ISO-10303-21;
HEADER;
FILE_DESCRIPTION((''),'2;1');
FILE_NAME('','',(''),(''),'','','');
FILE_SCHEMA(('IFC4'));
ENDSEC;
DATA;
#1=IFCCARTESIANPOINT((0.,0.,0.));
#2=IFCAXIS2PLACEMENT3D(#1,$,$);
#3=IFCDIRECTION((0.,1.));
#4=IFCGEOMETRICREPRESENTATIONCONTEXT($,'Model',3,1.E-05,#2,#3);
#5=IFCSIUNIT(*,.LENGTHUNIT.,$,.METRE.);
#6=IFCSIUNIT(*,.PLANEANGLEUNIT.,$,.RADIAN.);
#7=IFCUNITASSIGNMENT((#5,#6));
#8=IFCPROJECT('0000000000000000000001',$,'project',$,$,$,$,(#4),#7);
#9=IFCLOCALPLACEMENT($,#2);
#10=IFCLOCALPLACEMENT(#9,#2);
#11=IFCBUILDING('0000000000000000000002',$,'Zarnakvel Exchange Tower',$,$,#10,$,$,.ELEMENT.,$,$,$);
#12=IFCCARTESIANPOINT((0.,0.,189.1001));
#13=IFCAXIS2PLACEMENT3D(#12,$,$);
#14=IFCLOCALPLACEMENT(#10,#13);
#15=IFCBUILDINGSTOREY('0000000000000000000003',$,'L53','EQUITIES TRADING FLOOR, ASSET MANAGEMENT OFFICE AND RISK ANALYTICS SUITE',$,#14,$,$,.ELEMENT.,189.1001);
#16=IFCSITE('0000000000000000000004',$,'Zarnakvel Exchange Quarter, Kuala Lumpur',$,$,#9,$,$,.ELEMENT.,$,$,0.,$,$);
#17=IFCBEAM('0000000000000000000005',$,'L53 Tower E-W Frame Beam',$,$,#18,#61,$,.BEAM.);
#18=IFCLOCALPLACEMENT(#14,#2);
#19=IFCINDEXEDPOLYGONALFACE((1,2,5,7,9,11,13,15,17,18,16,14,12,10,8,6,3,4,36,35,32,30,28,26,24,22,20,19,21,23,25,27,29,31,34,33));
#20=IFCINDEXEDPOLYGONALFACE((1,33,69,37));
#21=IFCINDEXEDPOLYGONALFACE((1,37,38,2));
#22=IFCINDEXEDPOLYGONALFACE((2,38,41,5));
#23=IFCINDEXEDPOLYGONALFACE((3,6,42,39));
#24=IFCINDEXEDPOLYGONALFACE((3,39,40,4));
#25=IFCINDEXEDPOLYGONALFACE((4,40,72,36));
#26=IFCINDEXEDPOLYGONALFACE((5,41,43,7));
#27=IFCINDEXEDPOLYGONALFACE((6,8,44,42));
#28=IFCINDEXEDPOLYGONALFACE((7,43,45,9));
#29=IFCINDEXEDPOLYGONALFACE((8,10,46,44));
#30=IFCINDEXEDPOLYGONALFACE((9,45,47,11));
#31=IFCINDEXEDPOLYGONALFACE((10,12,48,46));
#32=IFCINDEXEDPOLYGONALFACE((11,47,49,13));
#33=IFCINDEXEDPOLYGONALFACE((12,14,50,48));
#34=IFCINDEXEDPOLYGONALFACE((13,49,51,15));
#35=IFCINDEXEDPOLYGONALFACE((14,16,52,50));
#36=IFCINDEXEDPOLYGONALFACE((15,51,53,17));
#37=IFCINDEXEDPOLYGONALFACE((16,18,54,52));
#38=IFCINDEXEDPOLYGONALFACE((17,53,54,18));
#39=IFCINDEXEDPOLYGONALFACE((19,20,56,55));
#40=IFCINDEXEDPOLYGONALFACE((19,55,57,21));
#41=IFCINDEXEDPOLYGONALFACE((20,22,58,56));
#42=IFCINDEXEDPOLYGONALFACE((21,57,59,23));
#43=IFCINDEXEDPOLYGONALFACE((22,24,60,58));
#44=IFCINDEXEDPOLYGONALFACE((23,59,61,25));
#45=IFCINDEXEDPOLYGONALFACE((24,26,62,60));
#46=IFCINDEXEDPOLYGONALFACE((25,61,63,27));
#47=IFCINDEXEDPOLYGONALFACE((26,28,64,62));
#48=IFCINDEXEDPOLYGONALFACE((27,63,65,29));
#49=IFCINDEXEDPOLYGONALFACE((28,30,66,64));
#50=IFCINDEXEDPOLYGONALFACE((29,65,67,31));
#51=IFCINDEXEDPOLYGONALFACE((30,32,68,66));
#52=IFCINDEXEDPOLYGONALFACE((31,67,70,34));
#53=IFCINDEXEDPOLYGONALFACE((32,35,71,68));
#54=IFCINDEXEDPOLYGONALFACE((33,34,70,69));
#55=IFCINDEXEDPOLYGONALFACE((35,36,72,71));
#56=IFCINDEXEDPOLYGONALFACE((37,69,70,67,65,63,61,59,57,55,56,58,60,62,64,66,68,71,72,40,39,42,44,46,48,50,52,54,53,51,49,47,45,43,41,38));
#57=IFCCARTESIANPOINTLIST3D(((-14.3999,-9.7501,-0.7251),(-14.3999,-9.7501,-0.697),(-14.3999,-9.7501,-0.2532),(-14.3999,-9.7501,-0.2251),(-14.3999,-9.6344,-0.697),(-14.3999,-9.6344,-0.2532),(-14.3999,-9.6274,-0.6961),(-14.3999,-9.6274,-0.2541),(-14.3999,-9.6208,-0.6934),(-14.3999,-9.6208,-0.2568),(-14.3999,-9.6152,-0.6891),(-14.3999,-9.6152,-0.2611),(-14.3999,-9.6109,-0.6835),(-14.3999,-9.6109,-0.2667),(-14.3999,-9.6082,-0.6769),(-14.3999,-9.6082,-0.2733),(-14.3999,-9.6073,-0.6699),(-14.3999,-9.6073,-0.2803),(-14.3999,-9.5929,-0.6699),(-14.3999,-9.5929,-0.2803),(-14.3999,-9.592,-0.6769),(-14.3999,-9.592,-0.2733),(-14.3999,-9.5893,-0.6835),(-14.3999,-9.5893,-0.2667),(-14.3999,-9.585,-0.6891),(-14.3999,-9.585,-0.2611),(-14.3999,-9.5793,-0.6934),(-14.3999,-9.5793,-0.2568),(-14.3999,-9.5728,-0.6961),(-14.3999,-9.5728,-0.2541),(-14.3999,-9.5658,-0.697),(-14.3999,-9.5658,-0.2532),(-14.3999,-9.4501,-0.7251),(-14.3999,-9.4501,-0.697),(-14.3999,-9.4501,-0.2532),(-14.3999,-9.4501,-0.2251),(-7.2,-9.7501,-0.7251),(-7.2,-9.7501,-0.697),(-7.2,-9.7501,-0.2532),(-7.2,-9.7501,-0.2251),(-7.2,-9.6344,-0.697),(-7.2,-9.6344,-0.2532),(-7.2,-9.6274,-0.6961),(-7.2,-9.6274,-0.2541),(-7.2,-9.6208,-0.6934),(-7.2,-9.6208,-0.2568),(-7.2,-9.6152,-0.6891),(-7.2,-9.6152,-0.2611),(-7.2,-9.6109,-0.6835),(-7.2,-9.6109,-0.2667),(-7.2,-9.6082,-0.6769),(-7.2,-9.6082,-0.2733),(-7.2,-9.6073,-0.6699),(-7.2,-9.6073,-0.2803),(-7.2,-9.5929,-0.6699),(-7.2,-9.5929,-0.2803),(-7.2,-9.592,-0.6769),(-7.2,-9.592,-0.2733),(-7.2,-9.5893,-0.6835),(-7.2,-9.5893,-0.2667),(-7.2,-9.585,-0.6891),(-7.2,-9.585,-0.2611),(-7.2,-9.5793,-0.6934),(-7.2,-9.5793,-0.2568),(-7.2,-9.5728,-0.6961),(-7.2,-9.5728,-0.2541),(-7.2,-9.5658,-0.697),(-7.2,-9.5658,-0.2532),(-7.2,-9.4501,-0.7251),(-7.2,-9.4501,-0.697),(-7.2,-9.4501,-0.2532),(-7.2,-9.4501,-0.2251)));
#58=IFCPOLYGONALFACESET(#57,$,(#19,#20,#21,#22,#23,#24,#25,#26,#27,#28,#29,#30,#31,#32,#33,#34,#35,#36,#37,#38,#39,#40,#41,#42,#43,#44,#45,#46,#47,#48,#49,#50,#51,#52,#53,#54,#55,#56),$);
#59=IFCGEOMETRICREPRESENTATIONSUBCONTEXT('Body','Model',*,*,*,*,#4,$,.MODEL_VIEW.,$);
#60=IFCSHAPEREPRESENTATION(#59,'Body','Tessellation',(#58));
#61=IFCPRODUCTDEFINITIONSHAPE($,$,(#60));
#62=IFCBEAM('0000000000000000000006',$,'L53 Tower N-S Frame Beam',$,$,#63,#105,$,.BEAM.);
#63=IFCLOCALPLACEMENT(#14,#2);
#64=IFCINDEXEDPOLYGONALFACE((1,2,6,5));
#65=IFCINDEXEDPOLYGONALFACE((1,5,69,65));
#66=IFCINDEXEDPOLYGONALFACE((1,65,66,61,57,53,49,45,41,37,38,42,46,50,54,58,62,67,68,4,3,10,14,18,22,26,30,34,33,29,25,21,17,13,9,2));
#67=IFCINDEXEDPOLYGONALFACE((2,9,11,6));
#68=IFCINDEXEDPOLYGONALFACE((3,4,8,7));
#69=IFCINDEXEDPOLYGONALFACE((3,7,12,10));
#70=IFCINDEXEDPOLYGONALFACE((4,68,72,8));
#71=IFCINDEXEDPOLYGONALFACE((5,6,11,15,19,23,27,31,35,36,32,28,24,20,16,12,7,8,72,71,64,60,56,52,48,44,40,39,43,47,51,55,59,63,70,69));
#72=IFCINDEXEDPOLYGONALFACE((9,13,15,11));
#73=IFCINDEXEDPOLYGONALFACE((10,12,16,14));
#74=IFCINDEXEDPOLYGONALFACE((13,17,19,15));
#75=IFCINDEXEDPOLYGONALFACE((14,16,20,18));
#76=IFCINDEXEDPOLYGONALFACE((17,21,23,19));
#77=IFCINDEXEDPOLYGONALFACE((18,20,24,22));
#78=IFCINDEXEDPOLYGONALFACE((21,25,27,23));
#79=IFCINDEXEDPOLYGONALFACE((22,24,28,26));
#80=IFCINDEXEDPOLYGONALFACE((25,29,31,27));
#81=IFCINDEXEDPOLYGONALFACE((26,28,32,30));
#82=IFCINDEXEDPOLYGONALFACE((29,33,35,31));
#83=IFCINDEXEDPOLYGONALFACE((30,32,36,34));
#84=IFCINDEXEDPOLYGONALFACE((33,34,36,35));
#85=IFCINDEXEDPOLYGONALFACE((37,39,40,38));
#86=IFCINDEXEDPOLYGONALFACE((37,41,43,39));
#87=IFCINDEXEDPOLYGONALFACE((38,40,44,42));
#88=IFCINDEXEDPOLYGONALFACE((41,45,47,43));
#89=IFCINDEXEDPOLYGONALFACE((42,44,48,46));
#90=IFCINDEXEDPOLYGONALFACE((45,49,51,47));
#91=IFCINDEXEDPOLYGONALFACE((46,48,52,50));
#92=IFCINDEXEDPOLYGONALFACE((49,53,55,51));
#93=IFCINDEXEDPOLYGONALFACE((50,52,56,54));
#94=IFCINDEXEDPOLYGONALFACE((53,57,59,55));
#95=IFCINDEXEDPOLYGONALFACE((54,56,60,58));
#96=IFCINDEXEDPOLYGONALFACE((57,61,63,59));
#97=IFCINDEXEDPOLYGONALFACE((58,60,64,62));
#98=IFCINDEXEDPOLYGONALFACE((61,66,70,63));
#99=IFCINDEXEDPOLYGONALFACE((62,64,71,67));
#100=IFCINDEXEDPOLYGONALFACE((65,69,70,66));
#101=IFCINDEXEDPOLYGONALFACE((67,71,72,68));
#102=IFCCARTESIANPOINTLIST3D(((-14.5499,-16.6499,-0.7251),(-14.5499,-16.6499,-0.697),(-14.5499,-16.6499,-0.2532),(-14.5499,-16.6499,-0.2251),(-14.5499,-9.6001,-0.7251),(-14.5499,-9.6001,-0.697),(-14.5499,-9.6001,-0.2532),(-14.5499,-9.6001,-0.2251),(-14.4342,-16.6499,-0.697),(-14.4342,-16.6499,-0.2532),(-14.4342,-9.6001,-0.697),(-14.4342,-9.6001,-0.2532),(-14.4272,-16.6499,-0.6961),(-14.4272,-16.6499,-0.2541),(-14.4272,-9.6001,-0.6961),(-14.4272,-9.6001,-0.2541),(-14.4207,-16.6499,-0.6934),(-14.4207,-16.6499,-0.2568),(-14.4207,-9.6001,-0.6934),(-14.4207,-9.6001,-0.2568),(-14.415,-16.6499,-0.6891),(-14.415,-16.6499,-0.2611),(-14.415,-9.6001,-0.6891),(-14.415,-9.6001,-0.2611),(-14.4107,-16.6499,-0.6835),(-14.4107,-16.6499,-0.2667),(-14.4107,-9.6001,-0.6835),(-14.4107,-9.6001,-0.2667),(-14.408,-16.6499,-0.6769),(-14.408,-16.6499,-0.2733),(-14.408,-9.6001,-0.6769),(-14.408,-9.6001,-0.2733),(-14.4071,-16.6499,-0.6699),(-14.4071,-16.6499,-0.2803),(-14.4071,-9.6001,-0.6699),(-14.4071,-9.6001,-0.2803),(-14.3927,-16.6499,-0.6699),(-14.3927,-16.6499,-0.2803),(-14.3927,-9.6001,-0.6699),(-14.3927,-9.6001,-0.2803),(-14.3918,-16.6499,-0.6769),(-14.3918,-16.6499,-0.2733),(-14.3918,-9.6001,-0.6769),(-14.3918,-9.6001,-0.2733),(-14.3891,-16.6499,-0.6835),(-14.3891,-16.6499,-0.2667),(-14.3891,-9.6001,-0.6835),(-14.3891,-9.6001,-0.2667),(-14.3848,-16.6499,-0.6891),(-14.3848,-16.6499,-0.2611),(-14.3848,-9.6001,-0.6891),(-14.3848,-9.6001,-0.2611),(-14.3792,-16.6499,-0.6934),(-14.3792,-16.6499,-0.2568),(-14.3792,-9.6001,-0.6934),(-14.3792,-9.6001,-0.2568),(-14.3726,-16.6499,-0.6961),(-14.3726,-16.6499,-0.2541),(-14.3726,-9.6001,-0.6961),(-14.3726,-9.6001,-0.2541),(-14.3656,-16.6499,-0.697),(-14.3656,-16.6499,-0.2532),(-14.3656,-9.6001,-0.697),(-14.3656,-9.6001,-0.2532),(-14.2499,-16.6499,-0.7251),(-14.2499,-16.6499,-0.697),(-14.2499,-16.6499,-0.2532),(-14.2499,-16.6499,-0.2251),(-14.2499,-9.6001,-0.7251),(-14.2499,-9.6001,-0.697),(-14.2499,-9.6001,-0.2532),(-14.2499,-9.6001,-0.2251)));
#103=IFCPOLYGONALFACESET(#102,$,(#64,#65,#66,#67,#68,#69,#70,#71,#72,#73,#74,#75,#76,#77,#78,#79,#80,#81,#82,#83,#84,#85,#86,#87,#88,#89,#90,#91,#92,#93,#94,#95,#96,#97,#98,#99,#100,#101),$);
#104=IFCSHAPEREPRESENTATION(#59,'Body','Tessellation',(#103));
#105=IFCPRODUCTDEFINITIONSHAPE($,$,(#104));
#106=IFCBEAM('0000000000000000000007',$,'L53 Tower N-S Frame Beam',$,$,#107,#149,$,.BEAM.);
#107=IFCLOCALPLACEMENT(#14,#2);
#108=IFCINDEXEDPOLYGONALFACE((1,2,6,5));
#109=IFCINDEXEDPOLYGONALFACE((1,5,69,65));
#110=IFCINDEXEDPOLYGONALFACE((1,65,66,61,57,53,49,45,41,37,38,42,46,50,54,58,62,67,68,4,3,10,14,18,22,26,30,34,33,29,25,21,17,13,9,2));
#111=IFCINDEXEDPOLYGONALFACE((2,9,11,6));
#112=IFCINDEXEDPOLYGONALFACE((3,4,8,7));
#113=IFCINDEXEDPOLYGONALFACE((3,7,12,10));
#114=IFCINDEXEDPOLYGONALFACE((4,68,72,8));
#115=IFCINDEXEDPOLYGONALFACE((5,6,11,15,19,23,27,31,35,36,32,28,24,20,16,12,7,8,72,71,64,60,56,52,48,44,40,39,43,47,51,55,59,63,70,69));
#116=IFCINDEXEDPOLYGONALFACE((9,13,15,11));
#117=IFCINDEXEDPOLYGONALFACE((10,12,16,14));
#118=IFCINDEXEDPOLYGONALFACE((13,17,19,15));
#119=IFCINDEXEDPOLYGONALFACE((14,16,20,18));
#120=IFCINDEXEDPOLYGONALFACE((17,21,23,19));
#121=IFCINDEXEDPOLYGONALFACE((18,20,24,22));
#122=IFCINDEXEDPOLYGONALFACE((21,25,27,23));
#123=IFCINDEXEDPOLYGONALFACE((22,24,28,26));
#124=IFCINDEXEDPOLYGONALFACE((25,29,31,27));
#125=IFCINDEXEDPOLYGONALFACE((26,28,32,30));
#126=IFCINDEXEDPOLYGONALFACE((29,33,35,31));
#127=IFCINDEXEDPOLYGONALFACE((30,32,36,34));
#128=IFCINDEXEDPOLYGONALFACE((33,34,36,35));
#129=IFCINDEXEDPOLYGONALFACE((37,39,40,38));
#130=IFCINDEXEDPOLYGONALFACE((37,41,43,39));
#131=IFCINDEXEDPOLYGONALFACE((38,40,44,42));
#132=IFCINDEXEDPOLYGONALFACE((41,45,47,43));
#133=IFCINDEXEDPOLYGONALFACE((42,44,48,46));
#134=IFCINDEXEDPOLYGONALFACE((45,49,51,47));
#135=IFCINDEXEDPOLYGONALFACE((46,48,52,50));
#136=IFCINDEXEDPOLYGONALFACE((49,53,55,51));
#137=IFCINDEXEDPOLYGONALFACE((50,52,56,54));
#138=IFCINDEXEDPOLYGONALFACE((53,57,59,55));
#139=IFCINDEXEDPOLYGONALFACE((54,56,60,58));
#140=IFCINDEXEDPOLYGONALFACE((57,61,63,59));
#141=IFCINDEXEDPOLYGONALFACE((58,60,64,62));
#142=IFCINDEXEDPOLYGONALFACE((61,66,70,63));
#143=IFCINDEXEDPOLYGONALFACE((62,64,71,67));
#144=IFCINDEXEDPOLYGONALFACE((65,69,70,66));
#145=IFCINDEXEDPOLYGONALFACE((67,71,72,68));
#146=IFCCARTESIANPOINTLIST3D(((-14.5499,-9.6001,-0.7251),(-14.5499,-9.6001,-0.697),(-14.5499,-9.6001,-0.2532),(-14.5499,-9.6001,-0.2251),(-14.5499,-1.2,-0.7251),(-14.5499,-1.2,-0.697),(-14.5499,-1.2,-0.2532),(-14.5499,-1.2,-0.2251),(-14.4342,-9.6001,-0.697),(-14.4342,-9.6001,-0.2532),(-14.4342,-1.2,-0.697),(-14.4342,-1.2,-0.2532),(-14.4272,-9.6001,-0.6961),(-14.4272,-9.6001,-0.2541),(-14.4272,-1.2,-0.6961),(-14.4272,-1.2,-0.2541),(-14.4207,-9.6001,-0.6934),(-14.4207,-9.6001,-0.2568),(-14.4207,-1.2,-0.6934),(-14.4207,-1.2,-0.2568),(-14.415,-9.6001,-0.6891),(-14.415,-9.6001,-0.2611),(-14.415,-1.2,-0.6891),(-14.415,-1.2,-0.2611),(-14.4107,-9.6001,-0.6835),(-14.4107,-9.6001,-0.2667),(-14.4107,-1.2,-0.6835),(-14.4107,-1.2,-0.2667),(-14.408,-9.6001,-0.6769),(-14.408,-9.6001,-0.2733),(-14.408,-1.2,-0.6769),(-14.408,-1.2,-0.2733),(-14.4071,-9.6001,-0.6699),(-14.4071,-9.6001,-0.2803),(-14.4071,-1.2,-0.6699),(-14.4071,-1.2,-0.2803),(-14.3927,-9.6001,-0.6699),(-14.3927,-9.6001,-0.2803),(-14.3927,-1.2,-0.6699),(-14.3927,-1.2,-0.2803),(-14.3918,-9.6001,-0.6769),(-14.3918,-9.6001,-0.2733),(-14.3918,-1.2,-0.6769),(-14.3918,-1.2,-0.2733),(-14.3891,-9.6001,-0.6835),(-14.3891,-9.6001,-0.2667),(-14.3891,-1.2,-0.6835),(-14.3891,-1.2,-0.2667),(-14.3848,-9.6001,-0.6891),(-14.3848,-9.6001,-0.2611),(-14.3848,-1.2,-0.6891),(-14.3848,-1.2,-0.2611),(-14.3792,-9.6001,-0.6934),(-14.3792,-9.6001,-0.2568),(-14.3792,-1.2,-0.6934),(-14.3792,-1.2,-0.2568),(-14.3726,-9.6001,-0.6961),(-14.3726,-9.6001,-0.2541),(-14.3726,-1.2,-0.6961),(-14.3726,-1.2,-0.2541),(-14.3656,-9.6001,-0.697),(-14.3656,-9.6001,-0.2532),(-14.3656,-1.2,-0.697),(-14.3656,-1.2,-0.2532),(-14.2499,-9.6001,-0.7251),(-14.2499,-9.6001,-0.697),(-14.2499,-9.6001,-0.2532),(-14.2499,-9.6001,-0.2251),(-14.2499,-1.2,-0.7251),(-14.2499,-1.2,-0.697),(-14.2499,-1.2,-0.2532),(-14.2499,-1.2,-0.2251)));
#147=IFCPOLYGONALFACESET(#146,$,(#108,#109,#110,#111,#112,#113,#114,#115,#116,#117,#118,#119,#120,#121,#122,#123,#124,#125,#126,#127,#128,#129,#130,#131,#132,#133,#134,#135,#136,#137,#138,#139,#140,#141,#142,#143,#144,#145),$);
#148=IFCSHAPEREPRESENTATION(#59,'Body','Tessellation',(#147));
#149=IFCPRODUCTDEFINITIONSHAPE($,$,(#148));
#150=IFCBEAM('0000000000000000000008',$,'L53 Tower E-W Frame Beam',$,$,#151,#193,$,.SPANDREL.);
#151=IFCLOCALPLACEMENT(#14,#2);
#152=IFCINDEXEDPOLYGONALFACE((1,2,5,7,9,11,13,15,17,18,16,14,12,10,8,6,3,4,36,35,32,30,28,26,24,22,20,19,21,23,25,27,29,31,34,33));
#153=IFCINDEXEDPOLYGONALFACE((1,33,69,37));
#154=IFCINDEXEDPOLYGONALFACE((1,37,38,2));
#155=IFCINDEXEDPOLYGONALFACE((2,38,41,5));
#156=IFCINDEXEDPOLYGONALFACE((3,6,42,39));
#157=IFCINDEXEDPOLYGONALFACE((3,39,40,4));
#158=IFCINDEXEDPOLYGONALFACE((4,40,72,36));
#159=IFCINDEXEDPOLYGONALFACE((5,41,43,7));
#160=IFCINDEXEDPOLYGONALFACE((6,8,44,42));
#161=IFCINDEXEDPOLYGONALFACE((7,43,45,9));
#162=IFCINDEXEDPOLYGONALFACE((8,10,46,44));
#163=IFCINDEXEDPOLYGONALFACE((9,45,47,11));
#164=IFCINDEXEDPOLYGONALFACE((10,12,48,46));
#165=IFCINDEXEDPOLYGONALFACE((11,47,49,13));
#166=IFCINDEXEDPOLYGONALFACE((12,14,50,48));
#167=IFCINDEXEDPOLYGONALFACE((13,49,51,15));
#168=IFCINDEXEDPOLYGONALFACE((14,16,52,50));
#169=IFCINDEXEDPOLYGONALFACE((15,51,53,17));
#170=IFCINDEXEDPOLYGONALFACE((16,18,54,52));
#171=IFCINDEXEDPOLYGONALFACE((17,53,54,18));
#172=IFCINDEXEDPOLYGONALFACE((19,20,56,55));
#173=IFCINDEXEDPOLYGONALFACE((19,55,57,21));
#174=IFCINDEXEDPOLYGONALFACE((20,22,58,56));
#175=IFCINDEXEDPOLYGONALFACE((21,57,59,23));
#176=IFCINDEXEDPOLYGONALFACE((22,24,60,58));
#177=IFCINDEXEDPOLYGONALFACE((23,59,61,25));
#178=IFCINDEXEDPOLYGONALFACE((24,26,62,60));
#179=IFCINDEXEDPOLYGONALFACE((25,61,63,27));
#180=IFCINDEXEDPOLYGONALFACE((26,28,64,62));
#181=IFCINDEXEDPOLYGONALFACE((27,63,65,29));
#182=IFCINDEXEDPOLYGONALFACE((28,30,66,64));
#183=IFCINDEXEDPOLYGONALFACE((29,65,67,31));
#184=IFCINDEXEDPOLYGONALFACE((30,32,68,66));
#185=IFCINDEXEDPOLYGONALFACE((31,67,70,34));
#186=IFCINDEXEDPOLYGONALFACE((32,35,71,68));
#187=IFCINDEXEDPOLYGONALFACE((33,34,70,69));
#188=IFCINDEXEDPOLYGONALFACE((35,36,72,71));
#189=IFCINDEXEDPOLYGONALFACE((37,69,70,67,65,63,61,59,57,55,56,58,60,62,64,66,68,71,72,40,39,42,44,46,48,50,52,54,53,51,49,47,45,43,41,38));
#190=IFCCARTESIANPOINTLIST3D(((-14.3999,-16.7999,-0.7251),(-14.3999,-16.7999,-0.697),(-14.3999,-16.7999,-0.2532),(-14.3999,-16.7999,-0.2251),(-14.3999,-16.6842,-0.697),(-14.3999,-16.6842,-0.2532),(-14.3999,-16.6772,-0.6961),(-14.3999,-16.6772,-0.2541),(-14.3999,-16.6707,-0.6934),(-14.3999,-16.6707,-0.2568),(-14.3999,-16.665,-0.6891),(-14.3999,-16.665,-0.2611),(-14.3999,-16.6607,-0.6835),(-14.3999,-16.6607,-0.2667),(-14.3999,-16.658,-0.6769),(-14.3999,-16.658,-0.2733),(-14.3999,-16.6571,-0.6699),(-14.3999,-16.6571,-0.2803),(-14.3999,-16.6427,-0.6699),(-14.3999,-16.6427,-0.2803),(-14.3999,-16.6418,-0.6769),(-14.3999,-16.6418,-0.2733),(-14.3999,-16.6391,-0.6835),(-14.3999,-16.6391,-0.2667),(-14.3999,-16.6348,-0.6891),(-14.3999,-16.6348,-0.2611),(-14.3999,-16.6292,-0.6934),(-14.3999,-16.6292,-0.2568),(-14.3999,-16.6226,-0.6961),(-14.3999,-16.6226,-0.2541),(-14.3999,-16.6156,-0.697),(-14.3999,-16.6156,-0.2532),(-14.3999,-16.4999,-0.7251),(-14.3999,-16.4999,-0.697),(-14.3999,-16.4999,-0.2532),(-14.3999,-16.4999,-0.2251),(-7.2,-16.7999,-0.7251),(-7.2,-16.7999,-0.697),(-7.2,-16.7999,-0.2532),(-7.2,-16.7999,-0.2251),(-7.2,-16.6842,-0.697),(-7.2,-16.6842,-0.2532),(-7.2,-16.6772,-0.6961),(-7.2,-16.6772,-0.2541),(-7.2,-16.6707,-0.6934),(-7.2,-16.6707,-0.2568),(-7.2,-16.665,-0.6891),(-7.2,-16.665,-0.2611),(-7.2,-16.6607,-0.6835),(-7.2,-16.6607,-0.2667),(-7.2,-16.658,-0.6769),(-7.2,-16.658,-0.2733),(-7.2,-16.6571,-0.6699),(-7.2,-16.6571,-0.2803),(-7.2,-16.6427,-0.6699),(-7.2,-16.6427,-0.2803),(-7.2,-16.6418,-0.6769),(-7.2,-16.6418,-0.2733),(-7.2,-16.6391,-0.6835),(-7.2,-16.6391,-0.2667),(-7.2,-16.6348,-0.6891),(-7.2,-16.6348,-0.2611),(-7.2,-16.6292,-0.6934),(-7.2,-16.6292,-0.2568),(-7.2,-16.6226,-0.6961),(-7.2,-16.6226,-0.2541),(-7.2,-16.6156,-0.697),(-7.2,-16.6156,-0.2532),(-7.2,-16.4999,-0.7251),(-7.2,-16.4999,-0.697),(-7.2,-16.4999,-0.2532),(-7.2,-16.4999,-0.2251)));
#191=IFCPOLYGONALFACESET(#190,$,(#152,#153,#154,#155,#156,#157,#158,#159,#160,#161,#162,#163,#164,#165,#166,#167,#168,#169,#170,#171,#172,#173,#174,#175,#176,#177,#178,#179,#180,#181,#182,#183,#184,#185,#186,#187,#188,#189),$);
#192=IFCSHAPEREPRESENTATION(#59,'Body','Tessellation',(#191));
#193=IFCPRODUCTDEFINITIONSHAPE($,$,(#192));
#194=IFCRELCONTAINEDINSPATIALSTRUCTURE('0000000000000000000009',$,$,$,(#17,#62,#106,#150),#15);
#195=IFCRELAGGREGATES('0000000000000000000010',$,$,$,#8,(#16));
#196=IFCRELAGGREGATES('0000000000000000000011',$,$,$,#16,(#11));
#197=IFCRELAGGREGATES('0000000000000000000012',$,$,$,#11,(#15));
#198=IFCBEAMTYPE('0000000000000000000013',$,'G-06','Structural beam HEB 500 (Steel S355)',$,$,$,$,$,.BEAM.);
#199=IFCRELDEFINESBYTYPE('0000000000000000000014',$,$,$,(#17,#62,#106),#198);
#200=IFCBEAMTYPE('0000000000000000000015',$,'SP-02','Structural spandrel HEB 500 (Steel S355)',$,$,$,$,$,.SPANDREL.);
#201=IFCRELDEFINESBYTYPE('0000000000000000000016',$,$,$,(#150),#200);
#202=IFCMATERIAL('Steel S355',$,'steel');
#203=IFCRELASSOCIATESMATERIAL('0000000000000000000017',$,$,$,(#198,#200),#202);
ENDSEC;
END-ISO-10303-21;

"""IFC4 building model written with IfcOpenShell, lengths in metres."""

from ifc_helpers import new_model, si_unit, direction, frame, origin, origin_2d, place, context, subcontext, project, spatial, i_section, extrude, material, material_profile, profile_set, type_object, element, save


model = new_model("IFC4")

# Units and contexts
model_context = context("Model", 3, precision=1e-05, world=origin(), true_north=direction((0.0, 1.0)))
body_context = subcontext(model_context, "Body", "Model", "MODEL_VIEW")
ifc_project = project(units=[si_unit("LENGTHUNIT", "METRE"), si_unit("PLANEANGLEUNIT", "RADIAN")], contexts=[model_context])

# Site, building, storey
site_placement = place(None, origin())
site = spatial("IfcSite", under=ifc_project, at=site_placement, Name="Zarnakvel Exchange Quarter, Kuala Lumpur", CompositionType="ELEMENT", RefElevation=0.0)
building_placement = place(site_placement, origin())
building = spatial("IfcBuilding", under=site, at=building_placement, Name="Zarnakvel Exchange Tower", CompositionType="ELEMENT")
storey_placement = place(building_placement, frame((0.0, 0.0, 189.1001)))
storey = spatial("IfcBuildingStorey", under=building, at=storey_placement, Name="L53", Description="EQUITIES TRADING FLOOR, ASSET MANAGEMENT OFFICE AND RISK ANALYTICS SUITE", CompositionType="ELEMENT", Elevation=189.1001)

# Shared definitions
ifc_material_1 = material(Name="Steel S355", Category="steel")

# Beams
ifc_material_profile_1 = material_profile(ifc_material_1, i_section(OverallWidth=0.3, OverallDepth=0.5, WebThickness=0.0144, FlangeThickness=0.0281, FilletRadius=0.0271, at=origin_2d()))
ifc_profile_set_1 = profile_set([ifc_material_profile_1], Name="Steel S355")
beam_type_1 = type_object("IfcBeamType", Name="G-06", Description="Structural beam HEB 500 (Steel S355)", PredefinedType="BEAM", material=ifc_profile_set_1)
beam_1_placement = place(storey_placement, frame((-14.3999, -9.6001, -0.4751), z_axis=(1.0, 0.0, 0.0), x_axis=(0.0, 1.0, 0.0)))
element("IfcBeam", 1, at=beam_1_placement, inside=storey, type_object=beam_type_1, Name="L53 Tower E-W Frame Beam", PredefinedType="BEAM", context=body_context, shape_type="SweptSolid", body=[
    extrude(i_section(OverallWidth=0.3, OverallDepth=0.5, WebThickness=0.0144, FlangeThickness=0.0281, FilletRadius=0.0271, at=origin_2d()), origin(), (0.0, 0.0, 1.0), 7.2),
])
beam_2_placement = place(storey_placement, frame((-14.3999, -16.6499, -0.4751), z_axis=(0.0, 1.0, 0.0), x_axis=(-1.0, 0.0, 0.0)))
element("IfcBeam", 2, at=beam_2_placement, inside=storey, type_object=beam_type_1, Name="L53 Tower N-S Frame Beam", PredefinedType="BEAM", context=body_context, shape_type="SweptSolid", body=[
    extrude(i_section(OverallWidth=0.3, OverallDepth=0.5, WebThickness=0.0144, FlangeThickness=0.0281, FilletRadius=0.0271, at=origin_2d()), origin(), (0.0, 0.0, 1.0), 7.0498),
])
beam_3_placement = place(storey_placement, frame((-14.3999, -9.6001, -0.4751), z_axis=(0.0, 1.0, 0.0), x_axis=(-1.0, 0.0, 0.0)))
element("IfcBeam", 3, at=beam_3_placement, inside=storey, type_object=beam_type_1, Name="L53 Tower N-S Frame Beam", PredefinedType="BEAM", context=body_context, shape_type="SweptSolid", body=[
    extrude(i_section(OverallWidth=0.3, OverallDepth=0.5, WebThickness=0.0144, FlangeThickness=0.0281, FilletRadius=0.0271, at=origin_2d()), origin(), (0.0, 0.0, 1.0), 8.4001),
])
ifc_material_profile_2 = material_profile(ifc_material_1, i_section(OverallWidth=0.3, OverallDepth=0.5, WebThickness=0.0144, FlangeThickness=0.0281, FilletRadius=0.0271, at=origin_2d()))
ifc_profile_set_2 = profile_set([ifc_material_profile_2], Name="Steel S355")
beam_type_2 = type_object("IfcBeamType", Name="SP-02", Description="Structural spandrel HEB 500 (Steel S355)", PredefinedType="SPANDREL", material=ifc_profile_set_2)
beam_4_placement = place(storey_placement, frame((-14.3999, -16.6499, -0.4751), z_axis=(1.0, 0.0, 0.0), x_axis=(0.0, 1.0, 0.0)))
element("IfcBeam", 4, at=beam_4_placement, inside=storey, type_object=beam_type_2, Name="L53 Tower E-W Frame Beam", PredefinedType="SPANDREL", context=body_context, shape_type="SweptSolid", body=[
    extrude(i_section(OverallWidth=0.3, OverallDepth=0.5, WebThickness=0.0144, FlangeThickness=0.0281, FilletRadius=0.0271, at=origin_2d()), origin(), (0.0, 0.0, 1.0), 7.2),
])

save(model, "model.ifc")
